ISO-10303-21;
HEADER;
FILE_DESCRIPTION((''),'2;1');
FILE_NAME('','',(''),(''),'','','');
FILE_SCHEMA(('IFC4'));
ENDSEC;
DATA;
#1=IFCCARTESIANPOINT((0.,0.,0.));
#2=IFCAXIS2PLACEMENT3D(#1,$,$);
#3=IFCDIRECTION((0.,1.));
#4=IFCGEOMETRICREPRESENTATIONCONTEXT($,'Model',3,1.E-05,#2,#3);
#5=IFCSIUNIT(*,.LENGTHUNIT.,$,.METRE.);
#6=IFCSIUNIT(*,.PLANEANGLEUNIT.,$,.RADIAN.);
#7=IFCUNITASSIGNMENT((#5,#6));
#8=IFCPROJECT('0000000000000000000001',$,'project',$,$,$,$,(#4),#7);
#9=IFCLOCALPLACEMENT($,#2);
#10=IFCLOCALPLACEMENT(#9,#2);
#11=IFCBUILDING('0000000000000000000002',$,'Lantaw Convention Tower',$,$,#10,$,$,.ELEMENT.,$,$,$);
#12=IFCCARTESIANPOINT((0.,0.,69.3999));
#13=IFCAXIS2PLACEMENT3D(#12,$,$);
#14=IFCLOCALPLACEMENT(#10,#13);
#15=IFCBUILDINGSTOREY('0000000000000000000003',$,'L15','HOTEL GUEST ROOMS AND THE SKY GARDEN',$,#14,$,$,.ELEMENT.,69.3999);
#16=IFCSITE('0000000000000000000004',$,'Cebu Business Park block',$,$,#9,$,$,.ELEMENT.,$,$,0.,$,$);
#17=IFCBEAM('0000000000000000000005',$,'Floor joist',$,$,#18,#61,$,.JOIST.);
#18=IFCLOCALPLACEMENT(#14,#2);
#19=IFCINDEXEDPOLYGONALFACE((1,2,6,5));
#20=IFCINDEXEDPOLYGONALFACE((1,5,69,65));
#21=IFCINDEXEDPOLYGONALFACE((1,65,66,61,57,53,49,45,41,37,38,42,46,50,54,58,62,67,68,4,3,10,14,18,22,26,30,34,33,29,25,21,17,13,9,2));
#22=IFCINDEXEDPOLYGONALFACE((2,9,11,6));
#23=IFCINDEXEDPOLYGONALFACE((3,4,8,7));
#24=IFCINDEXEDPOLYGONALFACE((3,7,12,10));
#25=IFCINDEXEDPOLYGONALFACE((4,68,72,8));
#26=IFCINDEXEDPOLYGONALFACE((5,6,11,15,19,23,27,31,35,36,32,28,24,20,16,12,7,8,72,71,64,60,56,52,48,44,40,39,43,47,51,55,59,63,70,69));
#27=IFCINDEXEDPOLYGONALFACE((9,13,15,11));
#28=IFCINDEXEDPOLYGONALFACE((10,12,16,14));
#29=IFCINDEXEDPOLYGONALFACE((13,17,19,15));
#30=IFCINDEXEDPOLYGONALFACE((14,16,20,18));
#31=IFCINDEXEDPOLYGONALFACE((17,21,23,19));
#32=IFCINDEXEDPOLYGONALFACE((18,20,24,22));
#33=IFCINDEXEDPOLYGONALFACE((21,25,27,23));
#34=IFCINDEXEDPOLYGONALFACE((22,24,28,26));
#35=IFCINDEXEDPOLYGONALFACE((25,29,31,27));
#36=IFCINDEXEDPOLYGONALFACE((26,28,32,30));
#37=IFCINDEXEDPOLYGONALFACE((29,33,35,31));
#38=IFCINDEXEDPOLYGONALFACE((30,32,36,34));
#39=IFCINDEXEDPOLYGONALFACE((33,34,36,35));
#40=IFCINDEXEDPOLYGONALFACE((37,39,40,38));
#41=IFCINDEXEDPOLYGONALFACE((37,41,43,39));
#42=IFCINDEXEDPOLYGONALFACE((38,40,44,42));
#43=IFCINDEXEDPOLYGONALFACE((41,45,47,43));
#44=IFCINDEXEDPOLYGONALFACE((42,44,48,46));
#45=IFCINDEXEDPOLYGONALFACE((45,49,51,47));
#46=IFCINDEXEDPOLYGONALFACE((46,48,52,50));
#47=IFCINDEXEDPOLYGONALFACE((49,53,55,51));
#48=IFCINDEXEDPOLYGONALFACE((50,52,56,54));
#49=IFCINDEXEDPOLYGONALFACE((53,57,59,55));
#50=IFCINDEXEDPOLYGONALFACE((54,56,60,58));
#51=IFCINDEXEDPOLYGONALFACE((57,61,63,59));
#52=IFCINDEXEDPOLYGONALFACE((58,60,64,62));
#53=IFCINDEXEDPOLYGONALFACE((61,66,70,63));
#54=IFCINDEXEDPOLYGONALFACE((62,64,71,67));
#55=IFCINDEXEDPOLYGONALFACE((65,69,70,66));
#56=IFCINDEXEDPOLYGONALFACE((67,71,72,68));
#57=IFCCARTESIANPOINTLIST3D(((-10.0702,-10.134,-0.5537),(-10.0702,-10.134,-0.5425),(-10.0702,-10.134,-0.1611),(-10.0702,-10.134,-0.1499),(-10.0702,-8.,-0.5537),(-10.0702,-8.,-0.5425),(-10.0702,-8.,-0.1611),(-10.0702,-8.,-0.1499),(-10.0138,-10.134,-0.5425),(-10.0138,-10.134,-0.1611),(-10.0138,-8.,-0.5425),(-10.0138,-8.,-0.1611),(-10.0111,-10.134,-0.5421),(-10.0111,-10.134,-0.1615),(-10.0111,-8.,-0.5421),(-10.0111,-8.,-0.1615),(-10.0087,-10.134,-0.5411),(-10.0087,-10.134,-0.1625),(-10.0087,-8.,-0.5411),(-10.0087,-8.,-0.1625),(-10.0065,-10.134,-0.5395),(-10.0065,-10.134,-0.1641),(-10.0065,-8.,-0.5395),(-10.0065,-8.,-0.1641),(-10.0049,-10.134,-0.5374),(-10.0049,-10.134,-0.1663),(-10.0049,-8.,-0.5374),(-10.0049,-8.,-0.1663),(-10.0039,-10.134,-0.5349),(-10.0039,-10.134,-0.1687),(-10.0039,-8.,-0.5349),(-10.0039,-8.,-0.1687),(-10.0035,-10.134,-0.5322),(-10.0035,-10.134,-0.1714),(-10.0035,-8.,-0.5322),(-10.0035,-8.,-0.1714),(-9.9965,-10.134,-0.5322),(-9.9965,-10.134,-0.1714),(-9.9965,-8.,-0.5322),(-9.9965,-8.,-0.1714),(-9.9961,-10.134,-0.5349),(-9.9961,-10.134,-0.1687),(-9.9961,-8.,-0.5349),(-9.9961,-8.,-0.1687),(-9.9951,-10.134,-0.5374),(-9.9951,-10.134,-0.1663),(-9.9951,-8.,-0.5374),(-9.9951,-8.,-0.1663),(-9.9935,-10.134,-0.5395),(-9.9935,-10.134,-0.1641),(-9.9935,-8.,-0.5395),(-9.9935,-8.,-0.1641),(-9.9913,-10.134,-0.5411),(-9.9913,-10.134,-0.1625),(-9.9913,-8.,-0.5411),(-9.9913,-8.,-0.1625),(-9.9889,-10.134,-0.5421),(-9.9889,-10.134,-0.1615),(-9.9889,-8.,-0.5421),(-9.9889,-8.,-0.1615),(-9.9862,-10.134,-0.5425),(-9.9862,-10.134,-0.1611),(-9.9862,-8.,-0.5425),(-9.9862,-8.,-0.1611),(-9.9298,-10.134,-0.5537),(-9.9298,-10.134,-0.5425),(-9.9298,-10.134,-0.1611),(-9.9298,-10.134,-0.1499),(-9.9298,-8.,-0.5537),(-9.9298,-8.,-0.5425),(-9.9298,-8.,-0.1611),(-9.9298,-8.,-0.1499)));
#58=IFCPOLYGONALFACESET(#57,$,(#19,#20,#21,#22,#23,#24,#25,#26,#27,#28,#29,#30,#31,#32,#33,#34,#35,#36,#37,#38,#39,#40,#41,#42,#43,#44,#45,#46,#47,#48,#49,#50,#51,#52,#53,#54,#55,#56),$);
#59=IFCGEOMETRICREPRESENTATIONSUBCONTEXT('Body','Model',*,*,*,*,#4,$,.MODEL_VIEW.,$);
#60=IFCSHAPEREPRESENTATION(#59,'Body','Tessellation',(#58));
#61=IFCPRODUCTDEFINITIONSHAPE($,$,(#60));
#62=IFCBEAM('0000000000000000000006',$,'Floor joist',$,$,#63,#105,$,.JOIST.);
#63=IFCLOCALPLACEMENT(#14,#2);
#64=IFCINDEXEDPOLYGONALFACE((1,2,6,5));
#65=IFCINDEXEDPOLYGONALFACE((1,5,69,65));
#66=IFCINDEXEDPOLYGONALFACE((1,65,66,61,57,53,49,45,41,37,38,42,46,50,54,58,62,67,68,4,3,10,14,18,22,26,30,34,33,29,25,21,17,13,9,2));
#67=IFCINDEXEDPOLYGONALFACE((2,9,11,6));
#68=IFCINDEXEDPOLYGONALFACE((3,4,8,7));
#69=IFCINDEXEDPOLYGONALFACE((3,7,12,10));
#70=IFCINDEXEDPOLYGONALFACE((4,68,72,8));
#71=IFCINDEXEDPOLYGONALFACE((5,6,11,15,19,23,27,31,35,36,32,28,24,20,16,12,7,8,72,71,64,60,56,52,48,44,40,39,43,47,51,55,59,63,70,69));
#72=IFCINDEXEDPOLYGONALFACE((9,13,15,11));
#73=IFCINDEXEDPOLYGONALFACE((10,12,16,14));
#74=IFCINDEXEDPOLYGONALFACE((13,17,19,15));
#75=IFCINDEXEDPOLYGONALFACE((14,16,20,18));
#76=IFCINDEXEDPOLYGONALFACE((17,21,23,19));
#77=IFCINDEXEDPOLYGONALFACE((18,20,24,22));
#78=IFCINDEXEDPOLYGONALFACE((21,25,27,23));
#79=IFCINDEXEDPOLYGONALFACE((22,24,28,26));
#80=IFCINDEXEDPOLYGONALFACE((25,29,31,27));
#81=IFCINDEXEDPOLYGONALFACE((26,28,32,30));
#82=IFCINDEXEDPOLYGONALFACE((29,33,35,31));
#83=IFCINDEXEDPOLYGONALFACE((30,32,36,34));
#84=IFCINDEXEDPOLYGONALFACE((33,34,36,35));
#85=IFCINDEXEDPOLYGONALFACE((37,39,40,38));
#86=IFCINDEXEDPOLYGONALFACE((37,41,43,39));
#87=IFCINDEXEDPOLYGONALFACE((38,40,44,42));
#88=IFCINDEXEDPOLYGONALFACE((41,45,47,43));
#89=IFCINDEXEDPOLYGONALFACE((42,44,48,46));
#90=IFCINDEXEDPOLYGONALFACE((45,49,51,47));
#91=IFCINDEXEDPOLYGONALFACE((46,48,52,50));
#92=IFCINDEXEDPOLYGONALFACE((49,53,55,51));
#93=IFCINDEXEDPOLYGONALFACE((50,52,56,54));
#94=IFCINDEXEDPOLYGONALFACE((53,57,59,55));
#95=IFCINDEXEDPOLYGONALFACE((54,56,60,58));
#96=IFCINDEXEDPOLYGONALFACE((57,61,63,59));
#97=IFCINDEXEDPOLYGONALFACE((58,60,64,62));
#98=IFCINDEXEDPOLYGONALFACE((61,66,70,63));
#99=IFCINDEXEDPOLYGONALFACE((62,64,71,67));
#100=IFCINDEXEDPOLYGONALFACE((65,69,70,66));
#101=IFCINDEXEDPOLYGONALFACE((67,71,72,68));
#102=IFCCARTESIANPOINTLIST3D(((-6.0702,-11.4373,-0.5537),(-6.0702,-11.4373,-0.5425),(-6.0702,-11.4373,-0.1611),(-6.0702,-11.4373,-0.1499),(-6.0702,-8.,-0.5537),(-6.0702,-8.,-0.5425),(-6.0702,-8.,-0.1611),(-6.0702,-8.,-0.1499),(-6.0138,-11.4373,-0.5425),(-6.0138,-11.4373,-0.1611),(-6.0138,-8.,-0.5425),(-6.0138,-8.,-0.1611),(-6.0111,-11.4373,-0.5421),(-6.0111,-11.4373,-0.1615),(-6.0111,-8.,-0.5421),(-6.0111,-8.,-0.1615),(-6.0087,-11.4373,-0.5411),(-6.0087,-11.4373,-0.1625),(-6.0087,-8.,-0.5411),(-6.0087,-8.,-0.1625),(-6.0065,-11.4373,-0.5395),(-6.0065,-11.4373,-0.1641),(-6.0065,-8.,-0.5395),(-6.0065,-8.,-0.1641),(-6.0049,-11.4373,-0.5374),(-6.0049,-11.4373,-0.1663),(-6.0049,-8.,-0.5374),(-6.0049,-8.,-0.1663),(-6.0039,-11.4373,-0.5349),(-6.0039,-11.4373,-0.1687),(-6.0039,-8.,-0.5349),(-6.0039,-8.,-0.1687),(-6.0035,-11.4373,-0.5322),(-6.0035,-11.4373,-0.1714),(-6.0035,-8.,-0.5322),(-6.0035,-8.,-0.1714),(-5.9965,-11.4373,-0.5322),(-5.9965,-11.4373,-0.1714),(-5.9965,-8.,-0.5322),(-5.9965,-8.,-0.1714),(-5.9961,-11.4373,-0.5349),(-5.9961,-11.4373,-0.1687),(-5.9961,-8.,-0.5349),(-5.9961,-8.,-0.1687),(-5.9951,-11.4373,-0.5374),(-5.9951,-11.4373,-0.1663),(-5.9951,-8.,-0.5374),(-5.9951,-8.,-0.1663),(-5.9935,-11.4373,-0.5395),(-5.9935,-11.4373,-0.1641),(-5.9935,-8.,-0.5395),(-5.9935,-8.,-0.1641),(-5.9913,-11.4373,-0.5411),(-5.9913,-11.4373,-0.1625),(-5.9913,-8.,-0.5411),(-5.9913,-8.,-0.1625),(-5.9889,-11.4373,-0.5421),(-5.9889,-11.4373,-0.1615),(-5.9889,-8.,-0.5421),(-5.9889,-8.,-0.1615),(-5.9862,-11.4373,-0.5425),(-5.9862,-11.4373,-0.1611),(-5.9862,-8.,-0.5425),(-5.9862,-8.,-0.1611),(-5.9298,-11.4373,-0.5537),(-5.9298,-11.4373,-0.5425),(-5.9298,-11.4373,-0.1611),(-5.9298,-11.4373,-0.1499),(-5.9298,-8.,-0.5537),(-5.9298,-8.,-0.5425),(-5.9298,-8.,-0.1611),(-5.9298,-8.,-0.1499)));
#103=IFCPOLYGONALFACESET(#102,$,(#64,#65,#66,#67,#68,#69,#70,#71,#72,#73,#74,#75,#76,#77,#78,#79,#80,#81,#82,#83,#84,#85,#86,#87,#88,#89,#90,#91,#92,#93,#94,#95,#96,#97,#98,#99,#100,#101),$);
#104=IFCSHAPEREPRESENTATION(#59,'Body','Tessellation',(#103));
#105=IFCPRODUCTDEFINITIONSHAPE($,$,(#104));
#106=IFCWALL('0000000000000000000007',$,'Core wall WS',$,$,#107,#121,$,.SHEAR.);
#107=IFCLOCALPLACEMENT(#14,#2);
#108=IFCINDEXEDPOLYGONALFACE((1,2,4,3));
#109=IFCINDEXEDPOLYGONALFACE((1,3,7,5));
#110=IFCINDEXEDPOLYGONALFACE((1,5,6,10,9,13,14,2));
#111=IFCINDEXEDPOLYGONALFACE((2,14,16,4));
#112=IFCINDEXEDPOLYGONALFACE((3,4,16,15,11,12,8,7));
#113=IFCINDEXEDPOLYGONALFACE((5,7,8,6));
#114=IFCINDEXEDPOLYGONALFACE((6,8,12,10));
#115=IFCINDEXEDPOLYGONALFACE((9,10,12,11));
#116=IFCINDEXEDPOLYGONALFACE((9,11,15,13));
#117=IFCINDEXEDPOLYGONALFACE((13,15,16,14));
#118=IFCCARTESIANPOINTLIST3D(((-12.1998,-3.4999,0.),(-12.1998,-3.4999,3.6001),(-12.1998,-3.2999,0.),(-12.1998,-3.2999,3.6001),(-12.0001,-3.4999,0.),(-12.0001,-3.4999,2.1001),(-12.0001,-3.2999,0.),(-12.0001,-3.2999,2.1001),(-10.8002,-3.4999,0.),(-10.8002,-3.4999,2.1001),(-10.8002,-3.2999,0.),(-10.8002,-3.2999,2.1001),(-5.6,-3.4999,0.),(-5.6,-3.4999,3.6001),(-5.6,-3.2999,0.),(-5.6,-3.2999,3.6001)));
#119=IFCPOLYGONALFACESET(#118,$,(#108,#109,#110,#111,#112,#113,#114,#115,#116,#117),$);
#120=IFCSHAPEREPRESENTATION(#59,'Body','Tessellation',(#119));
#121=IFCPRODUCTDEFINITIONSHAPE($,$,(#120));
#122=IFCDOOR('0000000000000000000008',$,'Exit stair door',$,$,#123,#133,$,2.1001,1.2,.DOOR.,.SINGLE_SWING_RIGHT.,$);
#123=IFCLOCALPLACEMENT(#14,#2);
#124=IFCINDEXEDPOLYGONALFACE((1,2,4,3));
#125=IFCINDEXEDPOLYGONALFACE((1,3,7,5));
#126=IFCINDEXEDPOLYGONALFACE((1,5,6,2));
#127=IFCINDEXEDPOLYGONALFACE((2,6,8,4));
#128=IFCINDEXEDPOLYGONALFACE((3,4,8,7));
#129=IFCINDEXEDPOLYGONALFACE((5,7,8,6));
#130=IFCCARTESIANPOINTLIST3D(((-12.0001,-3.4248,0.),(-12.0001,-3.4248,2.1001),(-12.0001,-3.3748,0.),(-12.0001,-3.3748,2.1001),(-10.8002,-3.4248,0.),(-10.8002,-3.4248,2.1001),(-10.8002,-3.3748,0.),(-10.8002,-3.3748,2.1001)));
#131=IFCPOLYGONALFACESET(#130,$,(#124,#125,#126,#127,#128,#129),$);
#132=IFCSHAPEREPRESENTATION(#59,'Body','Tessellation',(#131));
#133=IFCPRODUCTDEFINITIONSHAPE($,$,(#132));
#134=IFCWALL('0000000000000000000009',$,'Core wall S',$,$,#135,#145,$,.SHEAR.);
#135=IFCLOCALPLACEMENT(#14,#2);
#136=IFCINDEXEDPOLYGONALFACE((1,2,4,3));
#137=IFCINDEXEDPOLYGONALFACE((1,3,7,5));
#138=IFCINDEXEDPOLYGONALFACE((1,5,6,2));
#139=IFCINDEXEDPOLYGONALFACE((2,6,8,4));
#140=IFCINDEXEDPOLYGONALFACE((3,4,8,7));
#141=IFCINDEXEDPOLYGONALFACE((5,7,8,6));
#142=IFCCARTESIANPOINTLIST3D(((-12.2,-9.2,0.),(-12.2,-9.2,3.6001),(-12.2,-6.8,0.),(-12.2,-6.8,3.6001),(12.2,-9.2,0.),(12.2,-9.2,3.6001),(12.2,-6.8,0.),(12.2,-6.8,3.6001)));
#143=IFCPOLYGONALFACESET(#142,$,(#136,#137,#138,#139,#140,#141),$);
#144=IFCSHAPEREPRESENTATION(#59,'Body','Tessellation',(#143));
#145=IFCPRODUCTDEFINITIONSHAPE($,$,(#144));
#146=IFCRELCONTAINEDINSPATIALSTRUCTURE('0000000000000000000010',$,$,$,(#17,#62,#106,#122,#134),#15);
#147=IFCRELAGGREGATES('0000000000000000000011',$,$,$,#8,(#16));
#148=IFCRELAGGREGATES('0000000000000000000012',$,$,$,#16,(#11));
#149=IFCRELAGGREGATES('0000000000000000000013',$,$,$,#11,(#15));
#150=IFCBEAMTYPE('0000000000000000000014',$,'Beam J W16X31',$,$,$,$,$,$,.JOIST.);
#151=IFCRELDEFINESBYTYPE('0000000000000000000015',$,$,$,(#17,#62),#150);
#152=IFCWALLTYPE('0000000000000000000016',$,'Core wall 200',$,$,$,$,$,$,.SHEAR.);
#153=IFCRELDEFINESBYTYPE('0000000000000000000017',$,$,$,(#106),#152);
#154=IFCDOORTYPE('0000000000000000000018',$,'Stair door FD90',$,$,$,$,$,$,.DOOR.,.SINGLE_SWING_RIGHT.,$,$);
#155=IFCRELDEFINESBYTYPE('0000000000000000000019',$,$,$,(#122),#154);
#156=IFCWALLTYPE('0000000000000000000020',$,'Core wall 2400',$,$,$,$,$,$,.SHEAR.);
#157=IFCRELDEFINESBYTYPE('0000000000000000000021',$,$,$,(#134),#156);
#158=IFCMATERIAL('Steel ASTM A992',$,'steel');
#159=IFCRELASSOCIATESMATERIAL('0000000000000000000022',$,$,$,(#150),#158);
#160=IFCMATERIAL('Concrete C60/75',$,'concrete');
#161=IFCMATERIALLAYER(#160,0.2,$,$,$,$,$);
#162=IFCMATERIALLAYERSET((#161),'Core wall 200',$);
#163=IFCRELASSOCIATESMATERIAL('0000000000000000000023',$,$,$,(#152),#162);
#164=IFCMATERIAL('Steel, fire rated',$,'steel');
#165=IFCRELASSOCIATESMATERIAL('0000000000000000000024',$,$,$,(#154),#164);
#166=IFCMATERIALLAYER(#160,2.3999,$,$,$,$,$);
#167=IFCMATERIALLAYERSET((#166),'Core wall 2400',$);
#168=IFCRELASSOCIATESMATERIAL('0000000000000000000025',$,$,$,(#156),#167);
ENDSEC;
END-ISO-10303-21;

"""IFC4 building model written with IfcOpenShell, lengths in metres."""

from ifc_helpers import new_model, si_unit, direction, frame, frame_2d, origin, origin_2d, place, context, subcontext, project, spatial, rectangle, i_section, extrude, material, layer, layer_set, material_profile, profile_set, type_object, element, fill, save


model = new_model("IFC4")

# Units and contexts
model_context = context("Model", 3, precision=1e-05, world=origin(), true_north=direction((0.0, 1.0)))
body_context = subcontext(model_context, "Body", "Model", "MODEL_VIEW")
ifc_project = project(units=[si_unit("LENGTHUNIT", "METRE"), si_unit("PLANEANGLEUNIT", "RADIAN")], contexts=[model_context])

# Site, building, storey
site_placement = place(None, origin())
site = spatial("IfcSite", under=ifc_project, at=site_placement, Name="Cebu Business Park block", CompositionType="ELEMENT", RefElevation=0.0)
building_placement = place(site_placement, origin())
building = spatial("IfcBuilding", under=site, at=building_placement, Name="Lantaw Convention Tower", CompositionType="ELEMENT")
storey_placement = place(building_placement, frame((0.0, 0.0, 69.3999)))
storey = spatial("IfcBuildingStorey", under=building, at=storey_placement, Name="L15", Description="HOTEL GUEST ROOMS AND THE SKY GARDEN", CompositionType="ELEMENT", Elevation=69.3999)

# Beams
ifc_material_1 = material(Name="Steel ASTM A992", Category="steel")
ifc_material_profile_1 = material_profile(ifc_material_1, i_section(OverallWidth=0.1404, OverallDepth=0.4038, WebThickness=0.0071, FlangeThickness=0.0112, FilletRadius=0.0103, at=origin_2d()), Name="W16X31")
ifc_profile_set_1 = profile_set([ifc_material_profile_1], Name="Steel ASTM A992")
beam_type_1 = type_object("IfcBeamType", Name="Beam J W16X31", PredefinedType="JOIST", material=ifc_profile_set_1)
beam_1_placement = place(storey_placement, frame((-10.0, -10.134, -0.3518), z_axis=(0.0, 1.0, 0.0), x_axis=(-1.0, 0.0, 0.0)))
element("IfcBeam", 1, at=beam_1_placement, inside=storey, type_object=beam_type_1, Name="Floor joist", PredefinedType="JOIST", context=body_context, shape_type="SweptSolid", body=[
    extrude(i_section(OverallWidth=0.1404, OverallDepth=0.4038, WebThickness=0.0071, FlangeThickness=0.0112, FilletRadius=0.0103, at=origin_2d()), origin(), (0.0, 0.0, 1.0), 2.134),
])
beam_2_placement = place(storey_placement, frame((-6.0, -11.4373, -0.3518), z_axis=(0.0, 1.0, 0.0), x_axis=(-1.0, 0.0, 0.0)))
element("IfcBeam", 2, at=beam_2_placement, inside=storey, type_object=beam_type_1, Name="Floor joist", PredefinedType="JOIST", context=body_context, shape_type="SweptSolid", body=[
    extrude(i_section(OverallWidth=0.1404, OverallDepth=0.4038, WebThickness=0.0071, FlangeThickness=0.0112, FilletRadius=0.0103, at=origin_2d()), origin(), (0.0, 0.0, 1.0), 3.4373),
])

# Wall, opening, door
ifc_material_2 = material(Name="Concrete C60/75", Category="concrete")
ifc_layer_1 = layer(ifc_material_2, 0.2)
ifc_layer_set_1 = layer_set([ifc_layer_1], Name="Core wall 200")
wall_type_1 = type_object("IfcWallType", Name="Core wall 200", PredefinedType="SHEAR", material=ifc_layer_set_1)
wall_1_placement = place(storey_placement, frame((-5.6001, -3.3999, 0.0), z_axis=(0.0, 0.0, 1.0), x_axis=(-1.0, 0.0, 0.0)))
wall_1 = element("IfcWall", 3, at=wall_1_placement, inside=storey, type_object=wall_type_1, Name="Core wall WS", PredefinedType="SHEAR", context=body_context, shape_type="SweptSolid", body=[
    extrude(rectangle(XDim=6.5999, YDim=0.2, at=frame_2d((3.2998, 0.0))), origin(), (0.0, 0.0, 1.0), 3.6001),
])
opening_1_placement = place(wall_1_placement, frame((5.2, 0.0, 0.0)))
opening_1 = element("IfcOpeningElement", 4, at=opening_1_placement, cuts=wall_1, PredefinedType="OPENING", context=body_context, shape_type="SweptSolid", body=[
    extrude(rectangle(XDim=1.2, YDim=2.1001, at=frame_2d((0.6001, 1.05))), frame((0.0, 0.1099, 0.0), z_axis=(0.0, -1.0, 0.0), x_axis=(1.0, 0.0, 0.0)), (0.0, 0.0, 1.0), 0.22),
])
ifc_material_3 = material(Name="Steel, fire rated", Category="steel")
door_type_1 = type_object("IfcDoorType", Name="Stair door FD90", OperationType="SINGLE_SWING_RIGHT", PredefinedType="DOOR", material=ifc_material_3)
door_1_placement = place(opening_1_placement, origin())
door_1 = element("IfcDoor", 5, at=door_1_placement, inside=storey, type_object=door_type_1, Name="Exit stair door", OperationType="SINGLE_SWING_RIGHT", OverallHeight=2.1001, OverallWidth=1.2, PredefinedType="DOOR", context=body_context, shape_type="SweptSolid", body=[
    extrude(rectangle(XDim=1.2, YDim=2.1001, at=frame_2d((0.6001, 1.05))), frame((0.0, 0.0249, 0.0), z_axis=(0.0, -1.0, 0.0), x_axis=(1.0, 0.0, 0.0)), (0.0, 0.0, 1.0), 0.05),
])
fill(opening_1, door_1)

# Wall
ifc_layer_2 = layer(ifc_material_2, 2.3999)
ifc_layer_set_2 = layer_set([ifc_layer_2], Name="Core wall 2400")
wall_type_2 = type_object("IfcWallType", Name="Core wall 2400", PredefinedType="SHEAR", material=ifc_layer_set_2)
wall_2_placement = place(storey_placement, frame((-12.2, -8.0, 0.0), z_axis=(0.0, 0.0, 1.0), x_axis=(1.0, 0.0, 0.0)))
element("IfcWall", 6, at=wall_2_placement, inside=storey, type_object=wall_type_2, Name="Core wall S", PredefinedType="SHEAR", context=body_context, shape_type="SweptSolid", body=[
    extrude(rectangle(XDim=24.3999, YDim=2.3999, at=frame_2d((12.2, 0.0))), origin(), (0.0, 0.0, 1.0), 3.6001),
])

save(model, "model.ifc")
